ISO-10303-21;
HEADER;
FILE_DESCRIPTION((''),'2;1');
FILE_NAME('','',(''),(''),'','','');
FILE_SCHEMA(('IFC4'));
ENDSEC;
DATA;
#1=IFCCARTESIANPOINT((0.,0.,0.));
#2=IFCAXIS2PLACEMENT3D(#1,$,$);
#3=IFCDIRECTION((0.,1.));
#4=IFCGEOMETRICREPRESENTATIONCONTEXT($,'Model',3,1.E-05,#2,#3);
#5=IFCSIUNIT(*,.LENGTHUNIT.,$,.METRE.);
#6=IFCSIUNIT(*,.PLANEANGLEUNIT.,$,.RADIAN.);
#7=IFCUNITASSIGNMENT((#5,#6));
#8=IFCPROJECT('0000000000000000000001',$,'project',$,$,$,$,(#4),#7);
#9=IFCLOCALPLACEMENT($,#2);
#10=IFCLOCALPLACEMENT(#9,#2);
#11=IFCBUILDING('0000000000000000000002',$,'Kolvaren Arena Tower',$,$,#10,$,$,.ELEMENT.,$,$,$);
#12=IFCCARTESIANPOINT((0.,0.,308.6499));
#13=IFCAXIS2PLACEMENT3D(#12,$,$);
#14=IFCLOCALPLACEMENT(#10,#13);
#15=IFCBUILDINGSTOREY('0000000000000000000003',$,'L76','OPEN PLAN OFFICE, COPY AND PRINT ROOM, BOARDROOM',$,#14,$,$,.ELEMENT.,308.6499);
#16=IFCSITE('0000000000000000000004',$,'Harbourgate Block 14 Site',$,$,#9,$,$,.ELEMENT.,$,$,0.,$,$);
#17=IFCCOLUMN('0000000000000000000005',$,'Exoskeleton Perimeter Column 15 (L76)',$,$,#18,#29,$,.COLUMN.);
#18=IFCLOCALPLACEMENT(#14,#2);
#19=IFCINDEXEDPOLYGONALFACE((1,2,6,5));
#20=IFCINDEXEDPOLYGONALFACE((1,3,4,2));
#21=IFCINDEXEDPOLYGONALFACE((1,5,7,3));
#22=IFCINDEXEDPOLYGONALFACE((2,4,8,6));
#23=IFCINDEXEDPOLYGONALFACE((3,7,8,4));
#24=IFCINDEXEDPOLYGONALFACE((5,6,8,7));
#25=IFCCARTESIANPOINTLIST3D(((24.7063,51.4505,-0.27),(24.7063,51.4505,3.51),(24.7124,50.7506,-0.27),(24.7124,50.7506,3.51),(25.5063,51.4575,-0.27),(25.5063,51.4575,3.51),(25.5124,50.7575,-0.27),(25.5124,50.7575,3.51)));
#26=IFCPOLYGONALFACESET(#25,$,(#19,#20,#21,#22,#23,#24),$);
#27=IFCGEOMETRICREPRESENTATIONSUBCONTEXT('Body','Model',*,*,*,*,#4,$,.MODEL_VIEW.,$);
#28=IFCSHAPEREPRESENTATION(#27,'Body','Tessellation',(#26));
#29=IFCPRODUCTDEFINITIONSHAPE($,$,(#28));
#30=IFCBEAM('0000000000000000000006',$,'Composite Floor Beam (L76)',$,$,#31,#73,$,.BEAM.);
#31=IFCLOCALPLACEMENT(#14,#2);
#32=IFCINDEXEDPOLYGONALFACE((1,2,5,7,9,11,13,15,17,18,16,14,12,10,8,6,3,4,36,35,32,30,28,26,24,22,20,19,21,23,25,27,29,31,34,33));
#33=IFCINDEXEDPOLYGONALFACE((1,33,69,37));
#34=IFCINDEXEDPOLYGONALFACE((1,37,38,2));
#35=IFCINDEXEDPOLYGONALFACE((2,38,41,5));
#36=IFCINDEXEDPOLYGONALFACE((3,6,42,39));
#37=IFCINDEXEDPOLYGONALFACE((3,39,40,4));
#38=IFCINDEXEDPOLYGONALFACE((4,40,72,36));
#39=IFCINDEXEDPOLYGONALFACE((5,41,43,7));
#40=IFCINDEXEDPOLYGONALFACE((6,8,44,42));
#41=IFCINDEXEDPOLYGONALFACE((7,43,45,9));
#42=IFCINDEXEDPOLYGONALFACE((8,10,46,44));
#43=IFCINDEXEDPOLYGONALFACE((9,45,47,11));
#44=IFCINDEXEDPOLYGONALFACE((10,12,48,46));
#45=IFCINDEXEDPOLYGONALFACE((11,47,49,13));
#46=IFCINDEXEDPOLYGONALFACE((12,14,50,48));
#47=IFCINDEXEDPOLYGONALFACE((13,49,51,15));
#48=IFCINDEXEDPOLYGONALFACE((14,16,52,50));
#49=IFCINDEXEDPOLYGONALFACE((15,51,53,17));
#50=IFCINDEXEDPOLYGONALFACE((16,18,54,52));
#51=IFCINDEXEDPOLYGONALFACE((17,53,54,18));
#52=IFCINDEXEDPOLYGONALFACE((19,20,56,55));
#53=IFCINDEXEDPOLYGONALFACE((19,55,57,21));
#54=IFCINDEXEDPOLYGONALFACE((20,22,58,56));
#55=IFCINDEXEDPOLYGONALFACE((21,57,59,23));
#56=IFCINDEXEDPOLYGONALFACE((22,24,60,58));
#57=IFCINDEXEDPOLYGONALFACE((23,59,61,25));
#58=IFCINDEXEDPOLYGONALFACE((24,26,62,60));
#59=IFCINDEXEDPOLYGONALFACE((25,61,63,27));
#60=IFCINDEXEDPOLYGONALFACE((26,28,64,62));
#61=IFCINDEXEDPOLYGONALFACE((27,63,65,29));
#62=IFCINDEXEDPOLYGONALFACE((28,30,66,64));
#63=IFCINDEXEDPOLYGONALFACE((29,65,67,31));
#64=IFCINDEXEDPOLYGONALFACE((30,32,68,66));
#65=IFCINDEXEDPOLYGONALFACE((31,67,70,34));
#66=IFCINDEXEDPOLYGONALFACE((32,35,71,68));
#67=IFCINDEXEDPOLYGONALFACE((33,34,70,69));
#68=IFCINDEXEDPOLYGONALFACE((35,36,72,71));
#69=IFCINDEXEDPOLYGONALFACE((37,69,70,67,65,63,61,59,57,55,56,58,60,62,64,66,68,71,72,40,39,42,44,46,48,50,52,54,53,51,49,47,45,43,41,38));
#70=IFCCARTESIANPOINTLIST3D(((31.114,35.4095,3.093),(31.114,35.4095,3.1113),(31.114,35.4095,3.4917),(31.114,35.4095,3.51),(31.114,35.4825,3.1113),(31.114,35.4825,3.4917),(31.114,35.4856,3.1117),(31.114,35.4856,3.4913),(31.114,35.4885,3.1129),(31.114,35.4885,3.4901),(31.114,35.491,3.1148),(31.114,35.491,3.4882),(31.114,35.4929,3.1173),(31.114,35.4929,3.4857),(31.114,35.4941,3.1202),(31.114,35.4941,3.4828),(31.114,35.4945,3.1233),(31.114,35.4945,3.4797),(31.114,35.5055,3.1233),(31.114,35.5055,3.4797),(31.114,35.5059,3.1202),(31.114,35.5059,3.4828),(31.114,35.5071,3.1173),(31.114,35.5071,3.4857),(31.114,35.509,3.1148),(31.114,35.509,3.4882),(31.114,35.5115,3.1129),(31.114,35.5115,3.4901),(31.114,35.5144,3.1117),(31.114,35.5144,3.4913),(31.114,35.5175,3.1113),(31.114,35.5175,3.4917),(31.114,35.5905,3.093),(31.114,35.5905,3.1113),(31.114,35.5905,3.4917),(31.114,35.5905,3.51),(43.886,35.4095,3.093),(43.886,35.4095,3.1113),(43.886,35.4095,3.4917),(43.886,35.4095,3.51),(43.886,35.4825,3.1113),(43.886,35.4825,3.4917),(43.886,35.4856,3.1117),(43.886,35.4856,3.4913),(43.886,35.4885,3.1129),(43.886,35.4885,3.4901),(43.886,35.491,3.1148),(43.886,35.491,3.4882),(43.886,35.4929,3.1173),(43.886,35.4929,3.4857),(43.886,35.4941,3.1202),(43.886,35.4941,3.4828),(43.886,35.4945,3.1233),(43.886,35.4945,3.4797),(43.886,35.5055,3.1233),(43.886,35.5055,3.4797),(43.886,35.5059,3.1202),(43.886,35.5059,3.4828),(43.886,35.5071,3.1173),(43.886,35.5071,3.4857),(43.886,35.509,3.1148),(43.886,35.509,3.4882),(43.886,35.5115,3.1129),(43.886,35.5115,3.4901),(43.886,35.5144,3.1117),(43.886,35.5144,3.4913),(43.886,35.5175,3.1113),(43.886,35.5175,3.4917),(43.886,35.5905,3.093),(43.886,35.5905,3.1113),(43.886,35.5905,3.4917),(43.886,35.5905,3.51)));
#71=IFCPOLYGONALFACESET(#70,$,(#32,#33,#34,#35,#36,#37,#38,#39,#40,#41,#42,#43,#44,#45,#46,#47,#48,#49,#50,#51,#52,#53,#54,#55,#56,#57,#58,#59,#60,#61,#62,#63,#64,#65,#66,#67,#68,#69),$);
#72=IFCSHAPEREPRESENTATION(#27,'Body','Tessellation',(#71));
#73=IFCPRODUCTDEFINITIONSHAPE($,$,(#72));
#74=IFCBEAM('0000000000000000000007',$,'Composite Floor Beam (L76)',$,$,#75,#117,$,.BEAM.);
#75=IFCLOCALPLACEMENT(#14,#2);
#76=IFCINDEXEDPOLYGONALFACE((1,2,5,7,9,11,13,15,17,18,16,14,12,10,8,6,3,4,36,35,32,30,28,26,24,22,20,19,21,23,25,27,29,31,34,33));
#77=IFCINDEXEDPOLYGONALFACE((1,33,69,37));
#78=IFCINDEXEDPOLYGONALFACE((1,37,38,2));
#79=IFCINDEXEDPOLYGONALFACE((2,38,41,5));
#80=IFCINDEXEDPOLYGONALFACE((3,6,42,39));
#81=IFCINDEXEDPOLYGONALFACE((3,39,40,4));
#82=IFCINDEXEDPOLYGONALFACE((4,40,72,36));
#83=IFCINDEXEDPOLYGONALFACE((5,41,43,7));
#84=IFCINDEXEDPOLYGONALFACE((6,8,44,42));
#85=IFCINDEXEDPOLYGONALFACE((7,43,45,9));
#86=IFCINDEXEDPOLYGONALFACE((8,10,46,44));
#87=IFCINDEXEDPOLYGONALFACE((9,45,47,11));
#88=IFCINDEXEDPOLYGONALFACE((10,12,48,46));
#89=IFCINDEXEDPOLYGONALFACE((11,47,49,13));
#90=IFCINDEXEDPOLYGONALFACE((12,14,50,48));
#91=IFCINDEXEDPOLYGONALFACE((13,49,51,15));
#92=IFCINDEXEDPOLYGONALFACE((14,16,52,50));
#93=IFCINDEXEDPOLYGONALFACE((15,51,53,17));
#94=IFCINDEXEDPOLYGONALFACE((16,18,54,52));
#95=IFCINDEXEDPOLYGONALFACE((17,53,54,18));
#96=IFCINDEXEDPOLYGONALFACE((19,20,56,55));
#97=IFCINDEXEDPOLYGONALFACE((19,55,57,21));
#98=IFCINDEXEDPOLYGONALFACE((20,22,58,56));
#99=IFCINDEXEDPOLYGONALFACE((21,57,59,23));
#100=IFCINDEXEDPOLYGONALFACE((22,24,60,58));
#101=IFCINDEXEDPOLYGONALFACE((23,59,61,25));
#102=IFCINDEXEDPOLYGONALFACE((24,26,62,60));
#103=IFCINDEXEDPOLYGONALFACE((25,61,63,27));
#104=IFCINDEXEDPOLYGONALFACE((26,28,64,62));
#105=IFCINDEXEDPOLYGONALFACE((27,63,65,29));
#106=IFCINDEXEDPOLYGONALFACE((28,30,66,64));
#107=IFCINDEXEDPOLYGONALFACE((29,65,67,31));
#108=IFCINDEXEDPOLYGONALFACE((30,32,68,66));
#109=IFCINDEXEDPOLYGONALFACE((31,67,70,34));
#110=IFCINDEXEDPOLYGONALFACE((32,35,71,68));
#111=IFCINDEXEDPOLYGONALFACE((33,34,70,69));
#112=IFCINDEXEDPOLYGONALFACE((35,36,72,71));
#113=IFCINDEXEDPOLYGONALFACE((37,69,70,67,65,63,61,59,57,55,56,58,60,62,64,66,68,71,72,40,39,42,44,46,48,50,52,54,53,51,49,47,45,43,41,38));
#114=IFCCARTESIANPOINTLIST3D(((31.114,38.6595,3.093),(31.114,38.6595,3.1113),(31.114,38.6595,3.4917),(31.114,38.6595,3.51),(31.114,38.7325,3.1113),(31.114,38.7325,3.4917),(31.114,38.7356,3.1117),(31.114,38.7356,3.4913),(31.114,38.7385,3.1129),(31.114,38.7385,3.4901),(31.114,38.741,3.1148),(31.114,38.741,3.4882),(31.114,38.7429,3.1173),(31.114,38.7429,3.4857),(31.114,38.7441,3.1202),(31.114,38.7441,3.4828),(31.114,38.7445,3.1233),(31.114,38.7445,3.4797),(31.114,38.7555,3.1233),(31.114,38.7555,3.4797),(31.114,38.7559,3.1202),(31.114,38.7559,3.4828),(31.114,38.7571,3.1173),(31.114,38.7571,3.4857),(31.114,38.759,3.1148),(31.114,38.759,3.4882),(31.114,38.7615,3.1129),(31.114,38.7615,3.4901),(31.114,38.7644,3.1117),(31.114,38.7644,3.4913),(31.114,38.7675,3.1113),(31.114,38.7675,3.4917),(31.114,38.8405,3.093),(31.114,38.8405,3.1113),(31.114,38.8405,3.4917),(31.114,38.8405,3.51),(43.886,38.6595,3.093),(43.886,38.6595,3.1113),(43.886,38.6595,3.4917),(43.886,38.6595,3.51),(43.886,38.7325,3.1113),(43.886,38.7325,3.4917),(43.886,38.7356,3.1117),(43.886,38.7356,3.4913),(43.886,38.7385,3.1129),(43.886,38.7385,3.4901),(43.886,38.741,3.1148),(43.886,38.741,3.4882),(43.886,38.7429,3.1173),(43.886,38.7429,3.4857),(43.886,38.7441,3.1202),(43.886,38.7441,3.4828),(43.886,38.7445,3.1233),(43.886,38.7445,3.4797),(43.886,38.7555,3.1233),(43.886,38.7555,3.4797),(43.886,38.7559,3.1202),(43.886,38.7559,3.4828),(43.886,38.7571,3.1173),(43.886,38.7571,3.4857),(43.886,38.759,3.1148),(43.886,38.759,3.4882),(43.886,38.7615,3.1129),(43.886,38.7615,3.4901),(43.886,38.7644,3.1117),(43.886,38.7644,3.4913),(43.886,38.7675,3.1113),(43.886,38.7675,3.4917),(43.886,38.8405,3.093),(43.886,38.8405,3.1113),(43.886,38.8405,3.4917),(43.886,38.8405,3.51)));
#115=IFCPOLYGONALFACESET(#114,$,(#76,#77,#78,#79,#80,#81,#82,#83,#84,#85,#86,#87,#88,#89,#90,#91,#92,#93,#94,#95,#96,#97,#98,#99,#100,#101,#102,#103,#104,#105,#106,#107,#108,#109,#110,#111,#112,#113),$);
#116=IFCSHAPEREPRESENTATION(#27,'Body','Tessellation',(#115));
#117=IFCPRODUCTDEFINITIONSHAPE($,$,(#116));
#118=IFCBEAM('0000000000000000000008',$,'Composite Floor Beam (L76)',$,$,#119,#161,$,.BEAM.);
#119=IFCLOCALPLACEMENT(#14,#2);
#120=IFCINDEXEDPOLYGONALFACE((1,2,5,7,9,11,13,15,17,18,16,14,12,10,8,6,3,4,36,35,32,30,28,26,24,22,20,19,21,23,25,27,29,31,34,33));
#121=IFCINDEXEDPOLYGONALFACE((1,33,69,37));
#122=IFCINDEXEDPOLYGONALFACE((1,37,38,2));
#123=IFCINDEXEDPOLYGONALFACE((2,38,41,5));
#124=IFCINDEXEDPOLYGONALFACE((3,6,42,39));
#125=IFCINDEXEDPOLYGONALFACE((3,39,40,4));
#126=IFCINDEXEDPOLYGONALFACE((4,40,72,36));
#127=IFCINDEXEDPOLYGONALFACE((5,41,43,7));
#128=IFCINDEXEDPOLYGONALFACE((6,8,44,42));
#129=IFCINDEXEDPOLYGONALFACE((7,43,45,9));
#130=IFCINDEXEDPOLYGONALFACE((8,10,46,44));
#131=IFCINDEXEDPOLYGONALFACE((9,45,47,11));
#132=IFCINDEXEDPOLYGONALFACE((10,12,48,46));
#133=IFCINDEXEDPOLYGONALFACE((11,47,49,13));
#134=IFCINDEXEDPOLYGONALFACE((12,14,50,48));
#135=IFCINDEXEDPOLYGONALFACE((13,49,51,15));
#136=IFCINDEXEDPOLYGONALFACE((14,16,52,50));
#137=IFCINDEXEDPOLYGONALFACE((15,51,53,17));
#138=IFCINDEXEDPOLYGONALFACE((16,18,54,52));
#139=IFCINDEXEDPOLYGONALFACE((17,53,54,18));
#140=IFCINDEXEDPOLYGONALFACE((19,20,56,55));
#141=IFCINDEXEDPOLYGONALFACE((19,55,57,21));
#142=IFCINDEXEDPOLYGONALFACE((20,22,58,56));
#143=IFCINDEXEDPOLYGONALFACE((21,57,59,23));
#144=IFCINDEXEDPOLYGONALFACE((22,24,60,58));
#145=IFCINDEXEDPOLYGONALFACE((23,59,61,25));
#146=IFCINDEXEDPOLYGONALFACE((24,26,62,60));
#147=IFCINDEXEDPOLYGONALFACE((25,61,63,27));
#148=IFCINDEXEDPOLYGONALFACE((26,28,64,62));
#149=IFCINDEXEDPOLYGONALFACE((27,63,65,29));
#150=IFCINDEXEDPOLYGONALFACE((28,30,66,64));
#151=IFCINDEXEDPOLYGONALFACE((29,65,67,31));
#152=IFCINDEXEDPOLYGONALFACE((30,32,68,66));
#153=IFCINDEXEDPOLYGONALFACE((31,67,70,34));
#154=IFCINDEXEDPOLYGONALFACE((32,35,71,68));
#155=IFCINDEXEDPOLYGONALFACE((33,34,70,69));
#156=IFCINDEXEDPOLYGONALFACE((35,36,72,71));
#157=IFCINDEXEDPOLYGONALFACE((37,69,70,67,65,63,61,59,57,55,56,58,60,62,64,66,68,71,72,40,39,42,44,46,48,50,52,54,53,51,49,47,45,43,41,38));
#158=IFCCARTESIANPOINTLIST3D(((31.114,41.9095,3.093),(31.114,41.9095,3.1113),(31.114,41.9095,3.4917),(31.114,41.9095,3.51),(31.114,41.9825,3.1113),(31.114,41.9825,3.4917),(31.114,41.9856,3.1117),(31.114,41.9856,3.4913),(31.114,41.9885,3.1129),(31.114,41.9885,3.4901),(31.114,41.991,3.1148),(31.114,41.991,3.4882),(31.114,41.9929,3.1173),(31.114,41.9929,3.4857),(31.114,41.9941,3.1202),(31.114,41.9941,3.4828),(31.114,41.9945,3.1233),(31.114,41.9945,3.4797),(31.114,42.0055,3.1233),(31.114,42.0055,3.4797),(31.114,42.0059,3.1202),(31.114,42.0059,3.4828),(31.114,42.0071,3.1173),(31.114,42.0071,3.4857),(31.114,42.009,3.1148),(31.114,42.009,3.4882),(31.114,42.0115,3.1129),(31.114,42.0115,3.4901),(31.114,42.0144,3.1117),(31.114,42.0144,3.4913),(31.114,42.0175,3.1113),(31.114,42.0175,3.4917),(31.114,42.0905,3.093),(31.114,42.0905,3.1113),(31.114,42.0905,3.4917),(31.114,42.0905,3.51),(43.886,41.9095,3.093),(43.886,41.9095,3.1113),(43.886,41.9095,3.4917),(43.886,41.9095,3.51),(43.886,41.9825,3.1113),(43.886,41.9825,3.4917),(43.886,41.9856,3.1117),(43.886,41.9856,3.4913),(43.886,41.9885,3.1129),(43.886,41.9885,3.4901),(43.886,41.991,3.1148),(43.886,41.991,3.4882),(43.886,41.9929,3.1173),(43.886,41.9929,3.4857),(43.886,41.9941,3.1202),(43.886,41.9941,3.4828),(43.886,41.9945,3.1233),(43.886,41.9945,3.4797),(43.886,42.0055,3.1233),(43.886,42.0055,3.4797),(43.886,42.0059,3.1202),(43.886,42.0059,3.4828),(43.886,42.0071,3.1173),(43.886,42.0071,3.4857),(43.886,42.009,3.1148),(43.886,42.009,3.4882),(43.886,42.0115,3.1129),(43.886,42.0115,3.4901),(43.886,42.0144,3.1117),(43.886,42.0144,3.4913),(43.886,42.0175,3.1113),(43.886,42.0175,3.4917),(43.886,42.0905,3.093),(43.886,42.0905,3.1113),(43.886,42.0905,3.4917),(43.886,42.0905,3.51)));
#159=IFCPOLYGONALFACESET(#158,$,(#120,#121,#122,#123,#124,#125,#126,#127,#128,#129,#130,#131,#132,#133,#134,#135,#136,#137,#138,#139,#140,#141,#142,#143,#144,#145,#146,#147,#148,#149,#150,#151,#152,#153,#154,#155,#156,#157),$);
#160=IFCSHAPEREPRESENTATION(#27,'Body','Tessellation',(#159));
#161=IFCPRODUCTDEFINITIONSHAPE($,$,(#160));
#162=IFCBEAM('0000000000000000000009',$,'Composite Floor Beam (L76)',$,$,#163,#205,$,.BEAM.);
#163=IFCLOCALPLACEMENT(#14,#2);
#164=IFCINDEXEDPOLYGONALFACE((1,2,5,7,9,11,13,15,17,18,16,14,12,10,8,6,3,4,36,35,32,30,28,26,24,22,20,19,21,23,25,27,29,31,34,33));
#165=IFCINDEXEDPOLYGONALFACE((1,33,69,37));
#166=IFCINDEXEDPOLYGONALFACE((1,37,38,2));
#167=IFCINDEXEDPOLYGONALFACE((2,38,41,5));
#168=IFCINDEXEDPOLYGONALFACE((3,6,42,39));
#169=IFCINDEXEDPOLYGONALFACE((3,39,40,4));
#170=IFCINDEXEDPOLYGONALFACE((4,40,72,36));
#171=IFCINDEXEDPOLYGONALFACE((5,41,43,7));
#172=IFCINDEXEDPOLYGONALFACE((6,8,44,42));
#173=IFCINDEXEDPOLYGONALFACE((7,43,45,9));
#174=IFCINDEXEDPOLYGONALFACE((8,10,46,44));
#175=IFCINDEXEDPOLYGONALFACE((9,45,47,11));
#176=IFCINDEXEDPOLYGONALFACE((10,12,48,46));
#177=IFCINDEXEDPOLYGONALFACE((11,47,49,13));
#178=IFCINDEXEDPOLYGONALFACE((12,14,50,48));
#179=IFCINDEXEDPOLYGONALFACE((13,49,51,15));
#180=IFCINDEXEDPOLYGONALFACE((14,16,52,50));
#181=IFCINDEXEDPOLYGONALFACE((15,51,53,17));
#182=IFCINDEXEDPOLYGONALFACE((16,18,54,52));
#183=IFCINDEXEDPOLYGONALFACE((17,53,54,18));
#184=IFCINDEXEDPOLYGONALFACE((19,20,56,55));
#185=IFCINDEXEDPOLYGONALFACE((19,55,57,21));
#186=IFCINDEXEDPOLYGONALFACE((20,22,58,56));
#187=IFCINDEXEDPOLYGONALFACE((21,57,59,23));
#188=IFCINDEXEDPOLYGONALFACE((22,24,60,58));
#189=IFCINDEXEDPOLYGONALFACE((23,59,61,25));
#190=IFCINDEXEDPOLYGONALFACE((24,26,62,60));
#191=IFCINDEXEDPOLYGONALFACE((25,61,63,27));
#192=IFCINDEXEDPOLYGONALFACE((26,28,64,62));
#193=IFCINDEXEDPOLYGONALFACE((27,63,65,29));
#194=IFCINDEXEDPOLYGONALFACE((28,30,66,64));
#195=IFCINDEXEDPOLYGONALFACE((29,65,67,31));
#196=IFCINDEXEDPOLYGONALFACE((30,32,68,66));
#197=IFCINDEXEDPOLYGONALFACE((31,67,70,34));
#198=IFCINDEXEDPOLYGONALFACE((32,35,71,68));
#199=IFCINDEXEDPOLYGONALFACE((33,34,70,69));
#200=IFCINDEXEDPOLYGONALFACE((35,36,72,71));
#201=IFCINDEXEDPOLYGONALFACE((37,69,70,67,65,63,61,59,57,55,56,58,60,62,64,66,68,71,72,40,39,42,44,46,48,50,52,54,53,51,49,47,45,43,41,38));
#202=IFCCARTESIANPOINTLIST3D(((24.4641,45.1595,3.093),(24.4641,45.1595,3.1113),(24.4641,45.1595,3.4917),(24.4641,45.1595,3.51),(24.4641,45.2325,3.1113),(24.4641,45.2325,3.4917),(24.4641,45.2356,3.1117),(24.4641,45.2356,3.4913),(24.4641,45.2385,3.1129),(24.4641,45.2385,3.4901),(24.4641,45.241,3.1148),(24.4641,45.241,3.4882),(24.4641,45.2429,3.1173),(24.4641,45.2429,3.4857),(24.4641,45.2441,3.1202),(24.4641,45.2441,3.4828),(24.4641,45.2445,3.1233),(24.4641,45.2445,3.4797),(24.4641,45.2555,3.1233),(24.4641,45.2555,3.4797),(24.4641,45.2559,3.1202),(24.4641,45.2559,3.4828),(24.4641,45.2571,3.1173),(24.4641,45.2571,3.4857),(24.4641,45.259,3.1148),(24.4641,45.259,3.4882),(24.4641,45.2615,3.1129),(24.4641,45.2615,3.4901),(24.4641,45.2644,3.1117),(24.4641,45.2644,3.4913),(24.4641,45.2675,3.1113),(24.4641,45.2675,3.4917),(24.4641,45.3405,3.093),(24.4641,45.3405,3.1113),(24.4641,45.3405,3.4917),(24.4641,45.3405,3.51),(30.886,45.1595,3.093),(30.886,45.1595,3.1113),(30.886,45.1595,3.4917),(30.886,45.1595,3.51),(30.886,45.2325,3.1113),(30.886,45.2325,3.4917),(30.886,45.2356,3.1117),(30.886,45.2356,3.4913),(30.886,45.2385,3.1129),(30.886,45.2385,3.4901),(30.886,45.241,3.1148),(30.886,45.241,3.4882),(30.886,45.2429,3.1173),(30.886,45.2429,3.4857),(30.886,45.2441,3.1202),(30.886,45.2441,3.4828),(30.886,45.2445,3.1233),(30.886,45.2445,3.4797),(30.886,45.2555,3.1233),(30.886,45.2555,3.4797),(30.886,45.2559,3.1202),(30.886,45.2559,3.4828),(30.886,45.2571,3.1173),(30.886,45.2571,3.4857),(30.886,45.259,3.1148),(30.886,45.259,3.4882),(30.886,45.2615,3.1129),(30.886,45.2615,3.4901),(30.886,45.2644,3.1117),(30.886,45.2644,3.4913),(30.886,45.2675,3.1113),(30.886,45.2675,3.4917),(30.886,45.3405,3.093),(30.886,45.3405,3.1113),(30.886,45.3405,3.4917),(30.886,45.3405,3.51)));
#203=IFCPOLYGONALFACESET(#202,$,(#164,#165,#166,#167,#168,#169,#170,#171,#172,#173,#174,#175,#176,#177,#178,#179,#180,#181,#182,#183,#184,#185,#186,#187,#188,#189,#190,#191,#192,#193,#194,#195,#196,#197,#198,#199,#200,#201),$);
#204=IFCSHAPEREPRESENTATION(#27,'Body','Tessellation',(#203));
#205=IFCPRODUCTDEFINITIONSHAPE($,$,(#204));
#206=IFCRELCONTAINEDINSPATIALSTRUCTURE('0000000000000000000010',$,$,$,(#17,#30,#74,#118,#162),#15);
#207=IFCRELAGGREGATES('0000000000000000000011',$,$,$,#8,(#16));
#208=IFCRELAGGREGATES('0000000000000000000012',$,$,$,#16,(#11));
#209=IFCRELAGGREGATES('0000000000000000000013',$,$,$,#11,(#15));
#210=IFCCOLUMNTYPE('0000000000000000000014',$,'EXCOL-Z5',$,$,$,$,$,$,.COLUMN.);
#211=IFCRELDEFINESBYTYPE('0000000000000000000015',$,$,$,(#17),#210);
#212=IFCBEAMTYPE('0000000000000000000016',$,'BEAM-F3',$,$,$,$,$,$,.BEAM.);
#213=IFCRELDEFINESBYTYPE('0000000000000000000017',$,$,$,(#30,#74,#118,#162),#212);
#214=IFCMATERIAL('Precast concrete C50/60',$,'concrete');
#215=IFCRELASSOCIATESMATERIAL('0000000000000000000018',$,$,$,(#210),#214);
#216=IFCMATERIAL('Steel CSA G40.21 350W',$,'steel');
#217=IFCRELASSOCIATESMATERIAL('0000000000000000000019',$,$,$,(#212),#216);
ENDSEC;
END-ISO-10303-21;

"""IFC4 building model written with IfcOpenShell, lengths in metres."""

from ifc_helpers import new_model, si_unit, direction, frame, origin, origin_2d, place, context, subcontext, project, spatial, rectangle, i_section, extrude, material, material_profile, profile_set, type_object, element, save


model = new_model("IFC4")

# Units and contexts
model_context = context("Model", 3, precision=1e-05, world=origin(), true_north=direction((0.0, 1.0)))
body_context = subcontext(model_context, "Body", "Model", "MODEL_VIEW")
ifc_project = project(units=[si_unit("LENGTHUNIT", "METRE"), si_unit("PLANEANGLEUNIT", "RADIAN")], contexts=[model_context])

# Site, building, storey
site_placement = place(None, origin())
site = spatial("IfcSite", under=ifc_project, at=site_placement, Name="Harbourgate Block 14 Site", CompositionType="ELEMENT", RefElevation=0.0)
building_placement = place(site_placement, origin())
building = spatial("IfcBuilding", under=site, at=building_placement, Name="Kolvaren Arena Tower", CompositionType="ELEMENT")
storey_placement = place(building_placement, frame((0.0, 0.0, 308.6499)))
storey = spatial("IfcBuildingStorey", under=building, at=storey_placement, Name="L76", Description="OPEN PLAN OFFICE, COPY AND PRINT ROOM, BOARDROOM", CompositionType="ELEMENT", Elevation=308.6499)

# Column
ifc_material_1 = material(Name="Precast concrete C50/60", Category="concrete")
ifc_material_profile_1 = material_profile(ifc_material_1, rectangle(XDim=0.8, YDim=0.7, at=origin_2d()), Name="RC-800x700")
ifc_profile_set_1 = profile_set([ifc_material_profile_1], Name="Precast concrete C50/60")
column_type = type_object("IfcColumnType", Name="EXCOL-Z5", PredefinedType="COLUMN", material=ifc_profile_set_1)
column_placement = place(storey_placement, frame((25.1094, 51.104, -0.27), z_axis=(0.0, 0.0, 1.0), x_axis=(0.999962, 0.008727, 0.0)))
element("IfcColumn", 1, at=column_placement, inside=storey, type_object=column_type, Name="Exoskeleton Perimeter Column 15 (L76)", PredefinedType="COLUMN", context=body_context, shape_type="SweptSolid", body=[
    extrude(rectangle(XDim=0.8, YDim=0.7, at=origin_2d()), origin(), (0.0, 0.0, 1.0), 3.78),
])

# Beams
ifc_material_2 = material(Name="Steel CSA G40.21 350W", Category="steel")
ifc_material_profile_2 = material_profile(ifc_material_2, i_section(OverallWidth=0.1809, OverallDepth=0.417, WebThickness=0.011, FlangeThickness=0.0183, FilletRadius=0.012, at=origin_2d()), Name="W410x85")
ifc_profile_set_2 = profile_set([ifc_material_profile_2], Name="Steel CSA G40.21 350W")
beam_type_1 = type_object("IfcBeamType", Name="BEAM-F3", PredefinedType="BEAM", material=ifc_profile_set_2)
for number, where, z_axis, x_axis, name in (
    (2, (31.114, 35.5, 3.3015), (1.0, 0.0, 0.0), (0.0, 1.0, 0.0), "Composite Floor Beam (L76)"),
    (3, (31.114, 38.75, 3.3015), (1.0, 0.0, 0.0), (0.0, 1.0, 0.0), "Composite Floor Beam (L76)"),
    (4, (31.114, 42.0, 3.3015), (1.0, 0.0, 0.0), (0.0, 1.0, 0.0), "Composite Floor Beam (L76)"),
):
    element("IfcBeam", number, at=place(storey_placement, frame(where, z_axis=z_axis, x_axis=x_axis)), inside=storey, type_object=beam_type_1, Name=name, PredefinedType="BEAM", context=body_context, shape_type="SweptSolid", body=[
        extrude(i_section(OverallWidth=0.1809, OverallDepth=0.417, WebThickness=0.011, FlangeThickness=0.0183, FilletRadius=0.012, at=origin_2d()), origin(), (0.0, 0.0, 1.0), 12.772),
    ])
beam_1_placement = place(storey_placement, frame((24.4641, 45.25, 3.3015), z_axis=(1.0, 0.0, 0.0), x_axis=(0.0, 1.0, 0.0)))
element("IfcBeam", 5, at=beam_1_placement, inside=storey, type_object=beam_type_1, Name="Composite Floor Beam (L76)", PredefinedType="BEAM", context=body_context, shape_type="SweptSolid", body=[
    extrude(i_section(OverallWidth=0.1809, OverallDepth=0.417, WebThickness=0.011, FlangeThickness=0.0183, FilletRadius=0.012, at=origin_2d()), origin(), (0.0, 0.0, 1.0), 6.4219),
])

save(model, "model.ifc")
